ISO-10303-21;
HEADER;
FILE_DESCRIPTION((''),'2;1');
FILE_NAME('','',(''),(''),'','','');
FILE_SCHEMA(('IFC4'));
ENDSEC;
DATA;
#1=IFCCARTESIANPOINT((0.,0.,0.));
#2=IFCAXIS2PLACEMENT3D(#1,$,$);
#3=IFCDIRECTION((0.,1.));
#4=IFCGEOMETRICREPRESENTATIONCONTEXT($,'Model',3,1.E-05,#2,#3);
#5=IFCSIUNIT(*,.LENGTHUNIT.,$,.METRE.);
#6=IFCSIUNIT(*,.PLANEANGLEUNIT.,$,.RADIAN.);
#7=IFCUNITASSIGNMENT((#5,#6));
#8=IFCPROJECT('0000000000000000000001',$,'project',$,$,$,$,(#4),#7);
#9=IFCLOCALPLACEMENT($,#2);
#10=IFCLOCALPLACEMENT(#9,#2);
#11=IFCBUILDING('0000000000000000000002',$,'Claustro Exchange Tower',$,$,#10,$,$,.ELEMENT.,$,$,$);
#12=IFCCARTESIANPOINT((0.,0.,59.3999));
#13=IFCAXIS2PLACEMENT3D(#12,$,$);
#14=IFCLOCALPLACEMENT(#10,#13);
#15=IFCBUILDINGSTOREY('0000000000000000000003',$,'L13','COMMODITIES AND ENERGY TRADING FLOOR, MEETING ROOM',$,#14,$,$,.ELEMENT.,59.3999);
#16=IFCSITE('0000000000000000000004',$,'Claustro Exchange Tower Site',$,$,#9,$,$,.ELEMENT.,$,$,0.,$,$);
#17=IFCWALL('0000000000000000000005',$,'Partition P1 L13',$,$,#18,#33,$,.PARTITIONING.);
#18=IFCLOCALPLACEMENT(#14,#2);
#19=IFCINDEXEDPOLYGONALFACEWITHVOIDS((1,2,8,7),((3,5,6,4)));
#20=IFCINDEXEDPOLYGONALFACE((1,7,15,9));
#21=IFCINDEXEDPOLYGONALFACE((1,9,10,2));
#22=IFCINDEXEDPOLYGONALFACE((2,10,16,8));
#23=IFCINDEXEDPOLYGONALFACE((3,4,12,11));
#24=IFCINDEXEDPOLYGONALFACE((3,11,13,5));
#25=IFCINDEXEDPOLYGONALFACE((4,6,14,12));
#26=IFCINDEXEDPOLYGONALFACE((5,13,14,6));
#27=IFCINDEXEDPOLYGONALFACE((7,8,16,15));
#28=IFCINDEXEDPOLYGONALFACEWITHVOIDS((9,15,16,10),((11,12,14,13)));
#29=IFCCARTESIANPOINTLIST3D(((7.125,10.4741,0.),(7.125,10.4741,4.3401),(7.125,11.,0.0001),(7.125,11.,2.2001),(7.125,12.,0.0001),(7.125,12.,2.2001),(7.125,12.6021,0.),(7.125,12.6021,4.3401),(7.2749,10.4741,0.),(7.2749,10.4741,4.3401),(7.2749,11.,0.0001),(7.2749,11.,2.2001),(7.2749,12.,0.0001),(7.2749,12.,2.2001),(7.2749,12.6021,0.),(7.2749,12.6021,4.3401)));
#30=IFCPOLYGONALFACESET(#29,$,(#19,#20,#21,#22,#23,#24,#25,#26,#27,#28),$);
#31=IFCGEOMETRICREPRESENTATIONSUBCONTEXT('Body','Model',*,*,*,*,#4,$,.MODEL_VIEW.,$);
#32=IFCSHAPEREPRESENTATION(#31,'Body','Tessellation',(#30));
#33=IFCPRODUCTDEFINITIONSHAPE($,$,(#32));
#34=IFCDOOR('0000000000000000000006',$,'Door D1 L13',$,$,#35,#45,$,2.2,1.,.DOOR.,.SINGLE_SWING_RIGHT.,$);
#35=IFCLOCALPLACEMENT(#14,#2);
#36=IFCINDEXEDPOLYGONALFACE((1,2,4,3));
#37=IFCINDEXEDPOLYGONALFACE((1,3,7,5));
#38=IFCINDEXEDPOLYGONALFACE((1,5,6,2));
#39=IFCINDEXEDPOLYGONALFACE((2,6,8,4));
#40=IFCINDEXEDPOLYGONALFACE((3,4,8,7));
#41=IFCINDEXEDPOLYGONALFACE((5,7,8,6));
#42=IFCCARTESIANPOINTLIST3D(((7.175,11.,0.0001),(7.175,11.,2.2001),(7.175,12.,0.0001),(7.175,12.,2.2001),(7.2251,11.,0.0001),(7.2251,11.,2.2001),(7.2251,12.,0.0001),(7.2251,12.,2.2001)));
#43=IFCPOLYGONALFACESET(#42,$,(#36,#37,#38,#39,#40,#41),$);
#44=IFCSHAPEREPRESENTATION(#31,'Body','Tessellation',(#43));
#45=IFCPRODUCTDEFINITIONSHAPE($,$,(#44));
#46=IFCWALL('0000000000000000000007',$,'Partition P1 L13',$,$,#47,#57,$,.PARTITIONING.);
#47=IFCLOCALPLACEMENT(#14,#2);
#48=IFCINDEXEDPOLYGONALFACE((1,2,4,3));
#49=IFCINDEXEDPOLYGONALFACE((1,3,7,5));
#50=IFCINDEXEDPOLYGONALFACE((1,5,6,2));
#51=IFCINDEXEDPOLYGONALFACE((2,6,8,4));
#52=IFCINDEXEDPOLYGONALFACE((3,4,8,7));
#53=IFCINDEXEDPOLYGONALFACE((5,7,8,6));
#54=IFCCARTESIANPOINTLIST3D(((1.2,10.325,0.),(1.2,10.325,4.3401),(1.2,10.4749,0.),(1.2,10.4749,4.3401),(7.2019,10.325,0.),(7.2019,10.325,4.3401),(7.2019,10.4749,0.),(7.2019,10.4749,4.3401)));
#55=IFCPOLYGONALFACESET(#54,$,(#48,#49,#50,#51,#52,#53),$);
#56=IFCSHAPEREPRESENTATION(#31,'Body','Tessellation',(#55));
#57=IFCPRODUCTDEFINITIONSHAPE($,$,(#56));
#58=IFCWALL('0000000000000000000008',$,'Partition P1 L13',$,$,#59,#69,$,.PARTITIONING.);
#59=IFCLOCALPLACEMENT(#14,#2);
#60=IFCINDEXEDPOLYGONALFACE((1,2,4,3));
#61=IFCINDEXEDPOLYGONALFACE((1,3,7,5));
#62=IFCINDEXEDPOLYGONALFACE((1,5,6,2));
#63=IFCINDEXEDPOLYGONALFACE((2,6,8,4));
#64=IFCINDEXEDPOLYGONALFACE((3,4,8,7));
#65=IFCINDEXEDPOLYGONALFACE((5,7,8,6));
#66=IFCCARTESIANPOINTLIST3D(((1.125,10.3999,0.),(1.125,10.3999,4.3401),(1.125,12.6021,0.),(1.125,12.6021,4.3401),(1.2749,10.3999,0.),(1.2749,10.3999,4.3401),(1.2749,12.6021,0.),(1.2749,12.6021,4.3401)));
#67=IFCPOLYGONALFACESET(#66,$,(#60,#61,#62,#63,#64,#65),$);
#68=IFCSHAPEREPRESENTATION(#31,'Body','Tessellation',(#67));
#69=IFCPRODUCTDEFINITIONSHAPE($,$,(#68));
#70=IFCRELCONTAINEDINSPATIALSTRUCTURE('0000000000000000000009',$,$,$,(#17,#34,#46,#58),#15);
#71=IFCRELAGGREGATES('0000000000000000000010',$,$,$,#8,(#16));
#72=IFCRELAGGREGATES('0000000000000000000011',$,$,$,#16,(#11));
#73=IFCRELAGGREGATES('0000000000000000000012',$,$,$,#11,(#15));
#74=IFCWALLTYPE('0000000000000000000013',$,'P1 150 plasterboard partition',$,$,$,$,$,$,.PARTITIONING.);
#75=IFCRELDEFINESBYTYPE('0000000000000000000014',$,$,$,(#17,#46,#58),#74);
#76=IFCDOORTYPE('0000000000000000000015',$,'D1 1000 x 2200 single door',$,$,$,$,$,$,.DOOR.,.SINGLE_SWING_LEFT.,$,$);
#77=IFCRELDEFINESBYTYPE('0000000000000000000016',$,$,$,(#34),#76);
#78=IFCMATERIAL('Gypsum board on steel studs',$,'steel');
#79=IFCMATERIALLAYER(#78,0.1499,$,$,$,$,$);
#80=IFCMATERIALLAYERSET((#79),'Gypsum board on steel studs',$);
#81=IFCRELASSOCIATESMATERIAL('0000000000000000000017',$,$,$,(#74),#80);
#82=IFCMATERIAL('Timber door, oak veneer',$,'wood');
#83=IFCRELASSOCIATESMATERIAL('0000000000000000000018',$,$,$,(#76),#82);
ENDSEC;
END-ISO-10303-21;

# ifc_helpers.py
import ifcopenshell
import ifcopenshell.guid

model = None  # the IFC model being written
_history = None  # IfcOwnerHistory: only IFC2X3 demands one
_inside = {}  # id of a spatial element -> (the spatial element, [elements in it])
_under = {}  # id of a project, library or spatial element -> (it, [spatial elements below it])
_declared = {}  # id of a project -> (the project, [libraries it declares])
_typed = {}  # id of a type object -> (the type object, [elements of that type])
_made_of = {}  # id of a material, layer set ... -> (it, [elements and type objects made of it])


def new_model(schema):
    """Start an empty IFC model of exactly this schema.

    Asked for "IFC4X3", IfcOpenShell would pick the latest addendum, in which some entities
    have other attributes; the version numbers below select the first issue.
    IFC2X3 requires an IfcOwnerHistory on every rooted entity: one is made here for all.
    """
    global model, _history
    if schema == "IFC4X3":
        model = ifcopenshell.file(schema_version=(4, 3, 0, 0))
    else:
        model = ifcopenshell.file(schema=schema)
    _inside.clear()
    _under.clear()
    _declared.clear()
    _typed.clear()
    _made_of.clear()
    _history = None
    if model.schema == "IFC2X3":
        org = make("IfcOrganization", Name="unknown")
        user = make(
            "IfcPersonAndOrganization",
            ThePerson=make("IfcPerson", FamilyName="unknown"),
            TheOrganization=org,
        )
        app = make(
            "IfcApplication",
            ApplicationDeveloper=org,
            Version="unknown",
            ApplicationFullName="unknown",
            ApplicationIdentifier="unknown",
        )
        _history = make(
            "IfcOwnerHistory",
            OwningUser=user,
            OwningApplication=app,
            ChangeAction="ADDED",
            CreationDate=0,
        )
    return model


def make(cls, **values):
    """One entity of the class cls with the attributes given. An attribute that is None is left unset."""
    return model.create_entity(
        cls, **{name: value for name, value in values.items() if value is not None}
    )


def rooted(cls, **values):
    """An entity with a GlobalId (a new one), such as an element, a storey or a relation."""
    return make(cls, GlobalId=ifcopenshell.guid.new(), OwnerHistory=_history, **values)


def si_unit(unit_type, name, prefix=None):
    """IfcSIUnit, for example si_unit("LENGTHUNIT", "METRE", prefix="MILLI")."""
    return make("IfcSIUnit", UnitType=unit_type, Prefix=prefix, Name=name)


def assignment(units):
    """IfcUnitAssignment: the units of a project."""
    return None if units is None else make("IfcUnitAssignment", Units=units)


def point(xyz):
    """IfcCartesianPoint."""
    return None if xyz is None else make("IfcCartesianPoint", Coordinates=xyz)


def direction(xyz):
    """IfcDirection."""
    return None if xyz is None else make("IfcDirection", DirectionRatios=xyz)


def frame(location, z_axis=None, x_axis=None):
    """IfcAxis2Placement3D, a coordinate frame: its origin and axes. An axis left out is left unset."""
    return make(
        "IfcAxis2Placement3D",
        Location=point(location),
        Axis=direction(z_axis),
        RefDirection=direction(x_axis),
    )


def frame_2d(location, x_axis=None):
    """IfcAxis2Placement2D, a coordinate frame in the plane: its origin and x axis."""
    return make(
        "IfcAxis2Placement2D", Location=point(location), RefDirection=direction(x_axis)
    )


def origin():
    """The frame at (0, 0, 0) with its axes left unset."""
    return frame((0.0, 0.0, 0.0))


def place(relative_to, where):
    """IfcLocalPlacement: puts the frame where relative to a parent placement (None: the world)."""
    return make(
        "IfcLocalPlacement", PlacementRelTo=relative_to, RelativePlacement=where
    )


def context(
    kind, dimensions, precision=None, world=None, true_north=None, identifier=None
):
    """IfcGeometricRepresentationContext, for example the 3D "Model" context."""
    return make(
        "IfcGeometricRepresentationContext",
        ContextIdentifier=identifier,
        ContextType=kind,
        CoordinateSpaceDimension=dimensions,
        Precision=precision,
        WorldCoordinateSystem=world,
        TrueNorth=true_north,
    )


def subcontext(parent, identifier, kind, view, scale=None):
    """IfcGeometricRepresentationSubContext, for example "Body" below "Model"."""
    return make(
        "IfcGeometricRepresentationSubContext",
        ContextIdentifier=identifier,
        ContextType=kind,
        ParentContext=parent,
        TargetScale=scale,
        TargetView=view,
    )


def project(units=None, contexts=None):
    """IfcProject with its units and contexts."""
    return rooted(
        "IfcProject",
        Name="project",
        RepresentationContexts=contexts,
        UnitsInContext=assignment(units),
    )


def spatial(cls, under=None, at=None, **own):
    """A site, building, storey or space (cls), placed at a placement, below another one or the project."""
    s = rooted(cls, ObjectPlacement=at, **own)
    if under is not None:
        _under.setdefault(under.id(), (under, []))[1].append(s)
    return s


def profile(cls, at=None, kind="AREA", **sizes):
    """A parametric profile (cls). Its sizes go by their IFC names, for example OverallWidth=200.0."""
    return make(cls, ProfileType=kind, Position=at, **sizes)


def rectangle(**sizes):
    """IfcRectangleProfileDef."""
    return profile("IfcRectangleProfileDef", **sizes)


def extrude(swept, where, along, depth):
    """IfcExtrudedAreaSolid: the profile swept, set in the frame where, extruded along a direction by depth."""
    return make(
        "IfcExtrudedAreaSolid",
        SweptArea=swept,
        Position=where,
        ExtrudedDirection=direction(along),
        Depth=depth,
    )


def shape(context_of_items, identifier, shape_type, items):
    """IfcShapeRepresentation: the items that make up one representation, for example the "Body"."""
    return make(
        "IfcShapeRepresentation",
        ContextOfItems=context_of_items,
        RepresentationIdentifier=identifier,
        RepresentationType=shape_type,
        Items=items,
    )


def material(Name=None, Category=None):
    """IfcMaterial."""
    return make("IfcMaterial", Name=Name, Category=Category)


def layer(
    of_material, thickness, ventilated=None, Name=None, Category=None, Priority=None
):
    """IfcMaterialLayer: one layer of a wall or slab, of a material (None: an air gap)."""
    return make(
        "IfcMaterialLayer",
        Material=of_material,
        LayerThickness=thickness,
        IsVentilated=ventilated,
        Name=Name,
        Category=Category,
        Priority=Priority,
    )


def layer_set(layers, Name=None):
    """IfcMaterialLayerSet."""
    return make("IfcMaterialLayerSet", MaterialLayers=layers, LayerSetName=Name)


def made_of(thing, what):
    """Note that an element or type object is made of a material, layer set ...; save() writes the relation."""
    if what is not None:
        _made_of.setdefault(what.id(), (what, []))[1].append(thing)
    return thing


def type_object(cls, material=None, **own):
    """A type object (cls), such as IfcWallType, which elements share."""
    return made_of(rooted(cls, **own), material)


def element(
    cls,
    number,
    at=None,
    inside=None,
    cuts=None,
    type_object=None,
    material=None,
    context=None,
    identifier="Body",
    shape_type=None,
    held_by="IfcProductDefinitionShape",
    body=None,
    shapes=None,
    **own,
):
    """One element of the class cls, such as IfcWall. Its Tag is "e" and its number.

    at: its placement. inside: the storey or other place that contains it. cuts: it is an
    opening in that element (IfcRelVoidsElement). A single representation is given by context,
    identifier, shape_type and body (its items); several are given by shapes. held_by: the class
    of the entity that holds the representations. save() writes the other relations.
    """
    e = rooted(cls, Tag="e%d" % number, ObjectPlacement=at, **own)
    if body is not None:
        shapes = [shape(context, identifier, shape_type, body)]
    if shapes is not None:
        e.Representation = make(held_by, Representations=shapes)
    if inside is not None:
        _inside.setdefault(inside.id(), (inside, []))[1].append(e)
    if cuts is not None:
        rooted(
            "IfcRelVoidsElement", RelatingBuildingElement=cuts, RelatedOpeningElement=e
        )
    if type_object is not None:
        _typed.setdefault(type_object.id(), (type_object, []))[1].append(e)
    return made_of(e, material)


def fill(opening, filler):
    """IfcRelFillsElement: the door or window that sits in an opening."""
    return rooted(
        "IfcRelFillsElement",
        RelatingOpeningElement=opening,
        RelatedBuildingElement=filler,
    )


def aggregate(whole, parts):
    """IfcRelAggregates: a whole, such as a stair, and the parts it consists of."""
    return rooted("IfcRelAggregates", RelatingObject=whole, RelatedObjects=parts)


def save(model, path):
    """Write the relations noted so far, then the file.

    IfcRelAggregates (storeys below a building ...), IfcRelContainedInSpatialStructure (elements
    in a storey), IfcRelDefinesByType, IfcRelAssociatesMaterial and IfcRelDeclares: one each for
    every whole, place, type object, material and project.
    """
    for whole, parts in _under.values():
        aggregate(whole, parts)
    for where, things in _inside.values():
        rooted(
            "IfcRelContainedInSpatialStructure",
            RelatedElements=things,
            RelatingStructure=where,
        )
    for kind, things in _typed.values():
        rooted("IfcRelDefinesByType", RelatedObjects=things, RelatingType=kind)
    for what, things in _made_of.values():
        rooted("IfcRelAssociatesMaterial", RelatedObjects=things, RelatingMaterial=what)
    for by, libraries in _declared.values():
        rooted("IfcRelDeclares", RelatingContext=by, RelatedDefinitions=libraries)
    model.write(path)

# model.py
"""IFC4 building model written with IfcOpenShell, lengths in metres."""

from ifc_helpers import new_model, si_unit, direction, frame, frame_2d, origin, place, context, subcontext, project, spatial, rectangle, extrude, material, layer, layer_set, type_object, element, fill, save


model = new_model("IFC4")

# Units and contexts
model_context = context("Model", 3, precision=1e-05, world=origin(), true_north=direction((0.0, 1.0)))
body_context = subcontext(model_context, "Body", "Model", "MODEL_VIEW")
ifc_project = project(units=[si_unit("LENGTHUNIT", "METRE"), si_unit("PLANEANGLEUNIT", "RADIAN")], contexts=[model_context])

# Site, building, storey
site_placement = place(None, origin())
site = spatial("IfcSite", under=ifc_project, at=site_placement, Name="Claustro Exchange Tower Site", CompositionType="ELEMENT", RefElevation=0.0)
building_placement = place(site_placement, origin())
building = spatial("IfcBuilding", under=site, at=building_placement, Name="Claustro Exchange Tower", CompositionType="ELEMENT")
storey_placement = place(building_placement, frame((0.0, 0.0, 59.3999)))
storey = spatial("IfcBuildingStorey", under=building, at=storey_placement, Name="L13", Description="COMMODITIES AND ENERGY TRADING FLOOR, MEETING ROOM", CompositionType="ELEMENT", Elevation=59.3999)

# Shared definitions
ifc_material_1 = material(Name="Gypsum board on steel studs", Category="steel")
ifc_layer_1 = layer(ifc_material_1, 0.1499)
ifc_layer_set_1 = layer_set([ifc_layer_1], Name="Gypsum board on steel studs")
wall_type_1 = type_object("IfcWallType", Name="P1 150 plasterboard partition", PredefinedType="PARTITIONING", material=ifc_layer_set_1)

# Wall, opening, door
wall_1_placement = place(storey_placement, frame((7.2, 10.4741, 0.0), z_axis=(0.0, 0.0, 1.0), x_axis=(0.0, 1.0, 0.0)))
wall_1 = element("IfcWall", 1, at=wall_1_placement, inside=storey, type_object=wall_type_1, Name="Partition P1 L13", PredefinedType="PARTITIONING", context=body_context, shape_type="SweptSolid", body=[
    extrude(rectangle(XDim=2.1279, YDim=0.1499, at=frame_2d((1.064, 0.0))), origin(), (0.0, 0.0, 1.0), 4.3401),
])
opening_1_placement = place(wall_1_placement, frame((0.5259, 0.0, 0.0)))
opening_1 = element("IfcOpeningElement", 2, at=opening_1_placement, cuts=wall_1, PredefinedType="OPENING", context=body_context, shape_type="SweptSolid", body=[
    extrude(rectangle(XDim=1.0, YDim=2.2, at=frame_2d((0.5, 1.1001))), frame((0.0, 0.085, 0.0), z_axis=(0.0, -1.0, 0.0), x_axis=(1.0, 0.0, 0.0)), (0.0, 0.0, 1.0), 0.1699),
])
ifc_material_2 = material(Name="Timber door, oak veneer", Category="wood")
door_type_1 = type_object("IfcDoorType", Name="D1 1000 x 2200 single door", OperationType="SINGLE_SWING_LEFT", PredefinedType="DOOR", material=ifc_material_2)
door_1_placement = place(opening_1_placement, origin())
door_1 = element("IfcDoor", 3, at=door_1_placement, inside=storey, type_object=door_type_1, Name="Door D1 L13", OperationType="SINGLE_SWING_RIGHT", OverallHeight=2.2, OverallWidth=1.0, PredefinedType="DOOR", context=body_context, shape_type="SweptSolid", body=[
    extrude(rectangle(XDim=1.0, YDim=2.2, at=frame_2d((0.5, 1.1001))), frame((0.0, 0.0249, 0.0), z_axis=(0.0, -1.0, 0.0), x_axis=(1.0, 0.0, 0.0)), (0.0, 0.0, 1.0), 0.05),
])
fill(opening_1, door_1)

# Walls
wall_2_placement = place(storey_placement, frame((1.2, 10.3999, 0.0), z_axis=(0.0, 0.0, 1.0), x_axis=(1.0, 0.0, 0.0)))
element("IfcWall", 4, at=wall_2_placement, inside=storey, type_object=wall_type_1, Name="Partition P1 L13", PredefinedType="PARTITIONING", context=body_context, shape_type="SweptSolid", body=[
    extrude(rectangle(XDim=6.002, YDim=0.1499, at=frame_2d((3.001, 0.0))), origin(), (0.0, 0.0, 1.0), 4.3401),
])
wall_3_placement = place(storey_placement, frame((1.2, 10.3999, 0.0), z_axis=(0.0, 0.0, 1.0), x_axis=(0.0, 1.0, 0.0)))
element("IfcWall", 5, at=wall_3_placement, inside=storey, type_object=wall_type_1, Name="Partition P1 L13", PredefinedType="PARTITIONING", context=body_context, shape_type="SweptSolid", body=[
    extrude(rectangle(XDim=2.2021, YDim=0.1499, at=frame_2d((1.1011, 0.0))), origin(), (0.0, 0.0, 1.0), 4.3401),
])

save(model, "model.ifc")
